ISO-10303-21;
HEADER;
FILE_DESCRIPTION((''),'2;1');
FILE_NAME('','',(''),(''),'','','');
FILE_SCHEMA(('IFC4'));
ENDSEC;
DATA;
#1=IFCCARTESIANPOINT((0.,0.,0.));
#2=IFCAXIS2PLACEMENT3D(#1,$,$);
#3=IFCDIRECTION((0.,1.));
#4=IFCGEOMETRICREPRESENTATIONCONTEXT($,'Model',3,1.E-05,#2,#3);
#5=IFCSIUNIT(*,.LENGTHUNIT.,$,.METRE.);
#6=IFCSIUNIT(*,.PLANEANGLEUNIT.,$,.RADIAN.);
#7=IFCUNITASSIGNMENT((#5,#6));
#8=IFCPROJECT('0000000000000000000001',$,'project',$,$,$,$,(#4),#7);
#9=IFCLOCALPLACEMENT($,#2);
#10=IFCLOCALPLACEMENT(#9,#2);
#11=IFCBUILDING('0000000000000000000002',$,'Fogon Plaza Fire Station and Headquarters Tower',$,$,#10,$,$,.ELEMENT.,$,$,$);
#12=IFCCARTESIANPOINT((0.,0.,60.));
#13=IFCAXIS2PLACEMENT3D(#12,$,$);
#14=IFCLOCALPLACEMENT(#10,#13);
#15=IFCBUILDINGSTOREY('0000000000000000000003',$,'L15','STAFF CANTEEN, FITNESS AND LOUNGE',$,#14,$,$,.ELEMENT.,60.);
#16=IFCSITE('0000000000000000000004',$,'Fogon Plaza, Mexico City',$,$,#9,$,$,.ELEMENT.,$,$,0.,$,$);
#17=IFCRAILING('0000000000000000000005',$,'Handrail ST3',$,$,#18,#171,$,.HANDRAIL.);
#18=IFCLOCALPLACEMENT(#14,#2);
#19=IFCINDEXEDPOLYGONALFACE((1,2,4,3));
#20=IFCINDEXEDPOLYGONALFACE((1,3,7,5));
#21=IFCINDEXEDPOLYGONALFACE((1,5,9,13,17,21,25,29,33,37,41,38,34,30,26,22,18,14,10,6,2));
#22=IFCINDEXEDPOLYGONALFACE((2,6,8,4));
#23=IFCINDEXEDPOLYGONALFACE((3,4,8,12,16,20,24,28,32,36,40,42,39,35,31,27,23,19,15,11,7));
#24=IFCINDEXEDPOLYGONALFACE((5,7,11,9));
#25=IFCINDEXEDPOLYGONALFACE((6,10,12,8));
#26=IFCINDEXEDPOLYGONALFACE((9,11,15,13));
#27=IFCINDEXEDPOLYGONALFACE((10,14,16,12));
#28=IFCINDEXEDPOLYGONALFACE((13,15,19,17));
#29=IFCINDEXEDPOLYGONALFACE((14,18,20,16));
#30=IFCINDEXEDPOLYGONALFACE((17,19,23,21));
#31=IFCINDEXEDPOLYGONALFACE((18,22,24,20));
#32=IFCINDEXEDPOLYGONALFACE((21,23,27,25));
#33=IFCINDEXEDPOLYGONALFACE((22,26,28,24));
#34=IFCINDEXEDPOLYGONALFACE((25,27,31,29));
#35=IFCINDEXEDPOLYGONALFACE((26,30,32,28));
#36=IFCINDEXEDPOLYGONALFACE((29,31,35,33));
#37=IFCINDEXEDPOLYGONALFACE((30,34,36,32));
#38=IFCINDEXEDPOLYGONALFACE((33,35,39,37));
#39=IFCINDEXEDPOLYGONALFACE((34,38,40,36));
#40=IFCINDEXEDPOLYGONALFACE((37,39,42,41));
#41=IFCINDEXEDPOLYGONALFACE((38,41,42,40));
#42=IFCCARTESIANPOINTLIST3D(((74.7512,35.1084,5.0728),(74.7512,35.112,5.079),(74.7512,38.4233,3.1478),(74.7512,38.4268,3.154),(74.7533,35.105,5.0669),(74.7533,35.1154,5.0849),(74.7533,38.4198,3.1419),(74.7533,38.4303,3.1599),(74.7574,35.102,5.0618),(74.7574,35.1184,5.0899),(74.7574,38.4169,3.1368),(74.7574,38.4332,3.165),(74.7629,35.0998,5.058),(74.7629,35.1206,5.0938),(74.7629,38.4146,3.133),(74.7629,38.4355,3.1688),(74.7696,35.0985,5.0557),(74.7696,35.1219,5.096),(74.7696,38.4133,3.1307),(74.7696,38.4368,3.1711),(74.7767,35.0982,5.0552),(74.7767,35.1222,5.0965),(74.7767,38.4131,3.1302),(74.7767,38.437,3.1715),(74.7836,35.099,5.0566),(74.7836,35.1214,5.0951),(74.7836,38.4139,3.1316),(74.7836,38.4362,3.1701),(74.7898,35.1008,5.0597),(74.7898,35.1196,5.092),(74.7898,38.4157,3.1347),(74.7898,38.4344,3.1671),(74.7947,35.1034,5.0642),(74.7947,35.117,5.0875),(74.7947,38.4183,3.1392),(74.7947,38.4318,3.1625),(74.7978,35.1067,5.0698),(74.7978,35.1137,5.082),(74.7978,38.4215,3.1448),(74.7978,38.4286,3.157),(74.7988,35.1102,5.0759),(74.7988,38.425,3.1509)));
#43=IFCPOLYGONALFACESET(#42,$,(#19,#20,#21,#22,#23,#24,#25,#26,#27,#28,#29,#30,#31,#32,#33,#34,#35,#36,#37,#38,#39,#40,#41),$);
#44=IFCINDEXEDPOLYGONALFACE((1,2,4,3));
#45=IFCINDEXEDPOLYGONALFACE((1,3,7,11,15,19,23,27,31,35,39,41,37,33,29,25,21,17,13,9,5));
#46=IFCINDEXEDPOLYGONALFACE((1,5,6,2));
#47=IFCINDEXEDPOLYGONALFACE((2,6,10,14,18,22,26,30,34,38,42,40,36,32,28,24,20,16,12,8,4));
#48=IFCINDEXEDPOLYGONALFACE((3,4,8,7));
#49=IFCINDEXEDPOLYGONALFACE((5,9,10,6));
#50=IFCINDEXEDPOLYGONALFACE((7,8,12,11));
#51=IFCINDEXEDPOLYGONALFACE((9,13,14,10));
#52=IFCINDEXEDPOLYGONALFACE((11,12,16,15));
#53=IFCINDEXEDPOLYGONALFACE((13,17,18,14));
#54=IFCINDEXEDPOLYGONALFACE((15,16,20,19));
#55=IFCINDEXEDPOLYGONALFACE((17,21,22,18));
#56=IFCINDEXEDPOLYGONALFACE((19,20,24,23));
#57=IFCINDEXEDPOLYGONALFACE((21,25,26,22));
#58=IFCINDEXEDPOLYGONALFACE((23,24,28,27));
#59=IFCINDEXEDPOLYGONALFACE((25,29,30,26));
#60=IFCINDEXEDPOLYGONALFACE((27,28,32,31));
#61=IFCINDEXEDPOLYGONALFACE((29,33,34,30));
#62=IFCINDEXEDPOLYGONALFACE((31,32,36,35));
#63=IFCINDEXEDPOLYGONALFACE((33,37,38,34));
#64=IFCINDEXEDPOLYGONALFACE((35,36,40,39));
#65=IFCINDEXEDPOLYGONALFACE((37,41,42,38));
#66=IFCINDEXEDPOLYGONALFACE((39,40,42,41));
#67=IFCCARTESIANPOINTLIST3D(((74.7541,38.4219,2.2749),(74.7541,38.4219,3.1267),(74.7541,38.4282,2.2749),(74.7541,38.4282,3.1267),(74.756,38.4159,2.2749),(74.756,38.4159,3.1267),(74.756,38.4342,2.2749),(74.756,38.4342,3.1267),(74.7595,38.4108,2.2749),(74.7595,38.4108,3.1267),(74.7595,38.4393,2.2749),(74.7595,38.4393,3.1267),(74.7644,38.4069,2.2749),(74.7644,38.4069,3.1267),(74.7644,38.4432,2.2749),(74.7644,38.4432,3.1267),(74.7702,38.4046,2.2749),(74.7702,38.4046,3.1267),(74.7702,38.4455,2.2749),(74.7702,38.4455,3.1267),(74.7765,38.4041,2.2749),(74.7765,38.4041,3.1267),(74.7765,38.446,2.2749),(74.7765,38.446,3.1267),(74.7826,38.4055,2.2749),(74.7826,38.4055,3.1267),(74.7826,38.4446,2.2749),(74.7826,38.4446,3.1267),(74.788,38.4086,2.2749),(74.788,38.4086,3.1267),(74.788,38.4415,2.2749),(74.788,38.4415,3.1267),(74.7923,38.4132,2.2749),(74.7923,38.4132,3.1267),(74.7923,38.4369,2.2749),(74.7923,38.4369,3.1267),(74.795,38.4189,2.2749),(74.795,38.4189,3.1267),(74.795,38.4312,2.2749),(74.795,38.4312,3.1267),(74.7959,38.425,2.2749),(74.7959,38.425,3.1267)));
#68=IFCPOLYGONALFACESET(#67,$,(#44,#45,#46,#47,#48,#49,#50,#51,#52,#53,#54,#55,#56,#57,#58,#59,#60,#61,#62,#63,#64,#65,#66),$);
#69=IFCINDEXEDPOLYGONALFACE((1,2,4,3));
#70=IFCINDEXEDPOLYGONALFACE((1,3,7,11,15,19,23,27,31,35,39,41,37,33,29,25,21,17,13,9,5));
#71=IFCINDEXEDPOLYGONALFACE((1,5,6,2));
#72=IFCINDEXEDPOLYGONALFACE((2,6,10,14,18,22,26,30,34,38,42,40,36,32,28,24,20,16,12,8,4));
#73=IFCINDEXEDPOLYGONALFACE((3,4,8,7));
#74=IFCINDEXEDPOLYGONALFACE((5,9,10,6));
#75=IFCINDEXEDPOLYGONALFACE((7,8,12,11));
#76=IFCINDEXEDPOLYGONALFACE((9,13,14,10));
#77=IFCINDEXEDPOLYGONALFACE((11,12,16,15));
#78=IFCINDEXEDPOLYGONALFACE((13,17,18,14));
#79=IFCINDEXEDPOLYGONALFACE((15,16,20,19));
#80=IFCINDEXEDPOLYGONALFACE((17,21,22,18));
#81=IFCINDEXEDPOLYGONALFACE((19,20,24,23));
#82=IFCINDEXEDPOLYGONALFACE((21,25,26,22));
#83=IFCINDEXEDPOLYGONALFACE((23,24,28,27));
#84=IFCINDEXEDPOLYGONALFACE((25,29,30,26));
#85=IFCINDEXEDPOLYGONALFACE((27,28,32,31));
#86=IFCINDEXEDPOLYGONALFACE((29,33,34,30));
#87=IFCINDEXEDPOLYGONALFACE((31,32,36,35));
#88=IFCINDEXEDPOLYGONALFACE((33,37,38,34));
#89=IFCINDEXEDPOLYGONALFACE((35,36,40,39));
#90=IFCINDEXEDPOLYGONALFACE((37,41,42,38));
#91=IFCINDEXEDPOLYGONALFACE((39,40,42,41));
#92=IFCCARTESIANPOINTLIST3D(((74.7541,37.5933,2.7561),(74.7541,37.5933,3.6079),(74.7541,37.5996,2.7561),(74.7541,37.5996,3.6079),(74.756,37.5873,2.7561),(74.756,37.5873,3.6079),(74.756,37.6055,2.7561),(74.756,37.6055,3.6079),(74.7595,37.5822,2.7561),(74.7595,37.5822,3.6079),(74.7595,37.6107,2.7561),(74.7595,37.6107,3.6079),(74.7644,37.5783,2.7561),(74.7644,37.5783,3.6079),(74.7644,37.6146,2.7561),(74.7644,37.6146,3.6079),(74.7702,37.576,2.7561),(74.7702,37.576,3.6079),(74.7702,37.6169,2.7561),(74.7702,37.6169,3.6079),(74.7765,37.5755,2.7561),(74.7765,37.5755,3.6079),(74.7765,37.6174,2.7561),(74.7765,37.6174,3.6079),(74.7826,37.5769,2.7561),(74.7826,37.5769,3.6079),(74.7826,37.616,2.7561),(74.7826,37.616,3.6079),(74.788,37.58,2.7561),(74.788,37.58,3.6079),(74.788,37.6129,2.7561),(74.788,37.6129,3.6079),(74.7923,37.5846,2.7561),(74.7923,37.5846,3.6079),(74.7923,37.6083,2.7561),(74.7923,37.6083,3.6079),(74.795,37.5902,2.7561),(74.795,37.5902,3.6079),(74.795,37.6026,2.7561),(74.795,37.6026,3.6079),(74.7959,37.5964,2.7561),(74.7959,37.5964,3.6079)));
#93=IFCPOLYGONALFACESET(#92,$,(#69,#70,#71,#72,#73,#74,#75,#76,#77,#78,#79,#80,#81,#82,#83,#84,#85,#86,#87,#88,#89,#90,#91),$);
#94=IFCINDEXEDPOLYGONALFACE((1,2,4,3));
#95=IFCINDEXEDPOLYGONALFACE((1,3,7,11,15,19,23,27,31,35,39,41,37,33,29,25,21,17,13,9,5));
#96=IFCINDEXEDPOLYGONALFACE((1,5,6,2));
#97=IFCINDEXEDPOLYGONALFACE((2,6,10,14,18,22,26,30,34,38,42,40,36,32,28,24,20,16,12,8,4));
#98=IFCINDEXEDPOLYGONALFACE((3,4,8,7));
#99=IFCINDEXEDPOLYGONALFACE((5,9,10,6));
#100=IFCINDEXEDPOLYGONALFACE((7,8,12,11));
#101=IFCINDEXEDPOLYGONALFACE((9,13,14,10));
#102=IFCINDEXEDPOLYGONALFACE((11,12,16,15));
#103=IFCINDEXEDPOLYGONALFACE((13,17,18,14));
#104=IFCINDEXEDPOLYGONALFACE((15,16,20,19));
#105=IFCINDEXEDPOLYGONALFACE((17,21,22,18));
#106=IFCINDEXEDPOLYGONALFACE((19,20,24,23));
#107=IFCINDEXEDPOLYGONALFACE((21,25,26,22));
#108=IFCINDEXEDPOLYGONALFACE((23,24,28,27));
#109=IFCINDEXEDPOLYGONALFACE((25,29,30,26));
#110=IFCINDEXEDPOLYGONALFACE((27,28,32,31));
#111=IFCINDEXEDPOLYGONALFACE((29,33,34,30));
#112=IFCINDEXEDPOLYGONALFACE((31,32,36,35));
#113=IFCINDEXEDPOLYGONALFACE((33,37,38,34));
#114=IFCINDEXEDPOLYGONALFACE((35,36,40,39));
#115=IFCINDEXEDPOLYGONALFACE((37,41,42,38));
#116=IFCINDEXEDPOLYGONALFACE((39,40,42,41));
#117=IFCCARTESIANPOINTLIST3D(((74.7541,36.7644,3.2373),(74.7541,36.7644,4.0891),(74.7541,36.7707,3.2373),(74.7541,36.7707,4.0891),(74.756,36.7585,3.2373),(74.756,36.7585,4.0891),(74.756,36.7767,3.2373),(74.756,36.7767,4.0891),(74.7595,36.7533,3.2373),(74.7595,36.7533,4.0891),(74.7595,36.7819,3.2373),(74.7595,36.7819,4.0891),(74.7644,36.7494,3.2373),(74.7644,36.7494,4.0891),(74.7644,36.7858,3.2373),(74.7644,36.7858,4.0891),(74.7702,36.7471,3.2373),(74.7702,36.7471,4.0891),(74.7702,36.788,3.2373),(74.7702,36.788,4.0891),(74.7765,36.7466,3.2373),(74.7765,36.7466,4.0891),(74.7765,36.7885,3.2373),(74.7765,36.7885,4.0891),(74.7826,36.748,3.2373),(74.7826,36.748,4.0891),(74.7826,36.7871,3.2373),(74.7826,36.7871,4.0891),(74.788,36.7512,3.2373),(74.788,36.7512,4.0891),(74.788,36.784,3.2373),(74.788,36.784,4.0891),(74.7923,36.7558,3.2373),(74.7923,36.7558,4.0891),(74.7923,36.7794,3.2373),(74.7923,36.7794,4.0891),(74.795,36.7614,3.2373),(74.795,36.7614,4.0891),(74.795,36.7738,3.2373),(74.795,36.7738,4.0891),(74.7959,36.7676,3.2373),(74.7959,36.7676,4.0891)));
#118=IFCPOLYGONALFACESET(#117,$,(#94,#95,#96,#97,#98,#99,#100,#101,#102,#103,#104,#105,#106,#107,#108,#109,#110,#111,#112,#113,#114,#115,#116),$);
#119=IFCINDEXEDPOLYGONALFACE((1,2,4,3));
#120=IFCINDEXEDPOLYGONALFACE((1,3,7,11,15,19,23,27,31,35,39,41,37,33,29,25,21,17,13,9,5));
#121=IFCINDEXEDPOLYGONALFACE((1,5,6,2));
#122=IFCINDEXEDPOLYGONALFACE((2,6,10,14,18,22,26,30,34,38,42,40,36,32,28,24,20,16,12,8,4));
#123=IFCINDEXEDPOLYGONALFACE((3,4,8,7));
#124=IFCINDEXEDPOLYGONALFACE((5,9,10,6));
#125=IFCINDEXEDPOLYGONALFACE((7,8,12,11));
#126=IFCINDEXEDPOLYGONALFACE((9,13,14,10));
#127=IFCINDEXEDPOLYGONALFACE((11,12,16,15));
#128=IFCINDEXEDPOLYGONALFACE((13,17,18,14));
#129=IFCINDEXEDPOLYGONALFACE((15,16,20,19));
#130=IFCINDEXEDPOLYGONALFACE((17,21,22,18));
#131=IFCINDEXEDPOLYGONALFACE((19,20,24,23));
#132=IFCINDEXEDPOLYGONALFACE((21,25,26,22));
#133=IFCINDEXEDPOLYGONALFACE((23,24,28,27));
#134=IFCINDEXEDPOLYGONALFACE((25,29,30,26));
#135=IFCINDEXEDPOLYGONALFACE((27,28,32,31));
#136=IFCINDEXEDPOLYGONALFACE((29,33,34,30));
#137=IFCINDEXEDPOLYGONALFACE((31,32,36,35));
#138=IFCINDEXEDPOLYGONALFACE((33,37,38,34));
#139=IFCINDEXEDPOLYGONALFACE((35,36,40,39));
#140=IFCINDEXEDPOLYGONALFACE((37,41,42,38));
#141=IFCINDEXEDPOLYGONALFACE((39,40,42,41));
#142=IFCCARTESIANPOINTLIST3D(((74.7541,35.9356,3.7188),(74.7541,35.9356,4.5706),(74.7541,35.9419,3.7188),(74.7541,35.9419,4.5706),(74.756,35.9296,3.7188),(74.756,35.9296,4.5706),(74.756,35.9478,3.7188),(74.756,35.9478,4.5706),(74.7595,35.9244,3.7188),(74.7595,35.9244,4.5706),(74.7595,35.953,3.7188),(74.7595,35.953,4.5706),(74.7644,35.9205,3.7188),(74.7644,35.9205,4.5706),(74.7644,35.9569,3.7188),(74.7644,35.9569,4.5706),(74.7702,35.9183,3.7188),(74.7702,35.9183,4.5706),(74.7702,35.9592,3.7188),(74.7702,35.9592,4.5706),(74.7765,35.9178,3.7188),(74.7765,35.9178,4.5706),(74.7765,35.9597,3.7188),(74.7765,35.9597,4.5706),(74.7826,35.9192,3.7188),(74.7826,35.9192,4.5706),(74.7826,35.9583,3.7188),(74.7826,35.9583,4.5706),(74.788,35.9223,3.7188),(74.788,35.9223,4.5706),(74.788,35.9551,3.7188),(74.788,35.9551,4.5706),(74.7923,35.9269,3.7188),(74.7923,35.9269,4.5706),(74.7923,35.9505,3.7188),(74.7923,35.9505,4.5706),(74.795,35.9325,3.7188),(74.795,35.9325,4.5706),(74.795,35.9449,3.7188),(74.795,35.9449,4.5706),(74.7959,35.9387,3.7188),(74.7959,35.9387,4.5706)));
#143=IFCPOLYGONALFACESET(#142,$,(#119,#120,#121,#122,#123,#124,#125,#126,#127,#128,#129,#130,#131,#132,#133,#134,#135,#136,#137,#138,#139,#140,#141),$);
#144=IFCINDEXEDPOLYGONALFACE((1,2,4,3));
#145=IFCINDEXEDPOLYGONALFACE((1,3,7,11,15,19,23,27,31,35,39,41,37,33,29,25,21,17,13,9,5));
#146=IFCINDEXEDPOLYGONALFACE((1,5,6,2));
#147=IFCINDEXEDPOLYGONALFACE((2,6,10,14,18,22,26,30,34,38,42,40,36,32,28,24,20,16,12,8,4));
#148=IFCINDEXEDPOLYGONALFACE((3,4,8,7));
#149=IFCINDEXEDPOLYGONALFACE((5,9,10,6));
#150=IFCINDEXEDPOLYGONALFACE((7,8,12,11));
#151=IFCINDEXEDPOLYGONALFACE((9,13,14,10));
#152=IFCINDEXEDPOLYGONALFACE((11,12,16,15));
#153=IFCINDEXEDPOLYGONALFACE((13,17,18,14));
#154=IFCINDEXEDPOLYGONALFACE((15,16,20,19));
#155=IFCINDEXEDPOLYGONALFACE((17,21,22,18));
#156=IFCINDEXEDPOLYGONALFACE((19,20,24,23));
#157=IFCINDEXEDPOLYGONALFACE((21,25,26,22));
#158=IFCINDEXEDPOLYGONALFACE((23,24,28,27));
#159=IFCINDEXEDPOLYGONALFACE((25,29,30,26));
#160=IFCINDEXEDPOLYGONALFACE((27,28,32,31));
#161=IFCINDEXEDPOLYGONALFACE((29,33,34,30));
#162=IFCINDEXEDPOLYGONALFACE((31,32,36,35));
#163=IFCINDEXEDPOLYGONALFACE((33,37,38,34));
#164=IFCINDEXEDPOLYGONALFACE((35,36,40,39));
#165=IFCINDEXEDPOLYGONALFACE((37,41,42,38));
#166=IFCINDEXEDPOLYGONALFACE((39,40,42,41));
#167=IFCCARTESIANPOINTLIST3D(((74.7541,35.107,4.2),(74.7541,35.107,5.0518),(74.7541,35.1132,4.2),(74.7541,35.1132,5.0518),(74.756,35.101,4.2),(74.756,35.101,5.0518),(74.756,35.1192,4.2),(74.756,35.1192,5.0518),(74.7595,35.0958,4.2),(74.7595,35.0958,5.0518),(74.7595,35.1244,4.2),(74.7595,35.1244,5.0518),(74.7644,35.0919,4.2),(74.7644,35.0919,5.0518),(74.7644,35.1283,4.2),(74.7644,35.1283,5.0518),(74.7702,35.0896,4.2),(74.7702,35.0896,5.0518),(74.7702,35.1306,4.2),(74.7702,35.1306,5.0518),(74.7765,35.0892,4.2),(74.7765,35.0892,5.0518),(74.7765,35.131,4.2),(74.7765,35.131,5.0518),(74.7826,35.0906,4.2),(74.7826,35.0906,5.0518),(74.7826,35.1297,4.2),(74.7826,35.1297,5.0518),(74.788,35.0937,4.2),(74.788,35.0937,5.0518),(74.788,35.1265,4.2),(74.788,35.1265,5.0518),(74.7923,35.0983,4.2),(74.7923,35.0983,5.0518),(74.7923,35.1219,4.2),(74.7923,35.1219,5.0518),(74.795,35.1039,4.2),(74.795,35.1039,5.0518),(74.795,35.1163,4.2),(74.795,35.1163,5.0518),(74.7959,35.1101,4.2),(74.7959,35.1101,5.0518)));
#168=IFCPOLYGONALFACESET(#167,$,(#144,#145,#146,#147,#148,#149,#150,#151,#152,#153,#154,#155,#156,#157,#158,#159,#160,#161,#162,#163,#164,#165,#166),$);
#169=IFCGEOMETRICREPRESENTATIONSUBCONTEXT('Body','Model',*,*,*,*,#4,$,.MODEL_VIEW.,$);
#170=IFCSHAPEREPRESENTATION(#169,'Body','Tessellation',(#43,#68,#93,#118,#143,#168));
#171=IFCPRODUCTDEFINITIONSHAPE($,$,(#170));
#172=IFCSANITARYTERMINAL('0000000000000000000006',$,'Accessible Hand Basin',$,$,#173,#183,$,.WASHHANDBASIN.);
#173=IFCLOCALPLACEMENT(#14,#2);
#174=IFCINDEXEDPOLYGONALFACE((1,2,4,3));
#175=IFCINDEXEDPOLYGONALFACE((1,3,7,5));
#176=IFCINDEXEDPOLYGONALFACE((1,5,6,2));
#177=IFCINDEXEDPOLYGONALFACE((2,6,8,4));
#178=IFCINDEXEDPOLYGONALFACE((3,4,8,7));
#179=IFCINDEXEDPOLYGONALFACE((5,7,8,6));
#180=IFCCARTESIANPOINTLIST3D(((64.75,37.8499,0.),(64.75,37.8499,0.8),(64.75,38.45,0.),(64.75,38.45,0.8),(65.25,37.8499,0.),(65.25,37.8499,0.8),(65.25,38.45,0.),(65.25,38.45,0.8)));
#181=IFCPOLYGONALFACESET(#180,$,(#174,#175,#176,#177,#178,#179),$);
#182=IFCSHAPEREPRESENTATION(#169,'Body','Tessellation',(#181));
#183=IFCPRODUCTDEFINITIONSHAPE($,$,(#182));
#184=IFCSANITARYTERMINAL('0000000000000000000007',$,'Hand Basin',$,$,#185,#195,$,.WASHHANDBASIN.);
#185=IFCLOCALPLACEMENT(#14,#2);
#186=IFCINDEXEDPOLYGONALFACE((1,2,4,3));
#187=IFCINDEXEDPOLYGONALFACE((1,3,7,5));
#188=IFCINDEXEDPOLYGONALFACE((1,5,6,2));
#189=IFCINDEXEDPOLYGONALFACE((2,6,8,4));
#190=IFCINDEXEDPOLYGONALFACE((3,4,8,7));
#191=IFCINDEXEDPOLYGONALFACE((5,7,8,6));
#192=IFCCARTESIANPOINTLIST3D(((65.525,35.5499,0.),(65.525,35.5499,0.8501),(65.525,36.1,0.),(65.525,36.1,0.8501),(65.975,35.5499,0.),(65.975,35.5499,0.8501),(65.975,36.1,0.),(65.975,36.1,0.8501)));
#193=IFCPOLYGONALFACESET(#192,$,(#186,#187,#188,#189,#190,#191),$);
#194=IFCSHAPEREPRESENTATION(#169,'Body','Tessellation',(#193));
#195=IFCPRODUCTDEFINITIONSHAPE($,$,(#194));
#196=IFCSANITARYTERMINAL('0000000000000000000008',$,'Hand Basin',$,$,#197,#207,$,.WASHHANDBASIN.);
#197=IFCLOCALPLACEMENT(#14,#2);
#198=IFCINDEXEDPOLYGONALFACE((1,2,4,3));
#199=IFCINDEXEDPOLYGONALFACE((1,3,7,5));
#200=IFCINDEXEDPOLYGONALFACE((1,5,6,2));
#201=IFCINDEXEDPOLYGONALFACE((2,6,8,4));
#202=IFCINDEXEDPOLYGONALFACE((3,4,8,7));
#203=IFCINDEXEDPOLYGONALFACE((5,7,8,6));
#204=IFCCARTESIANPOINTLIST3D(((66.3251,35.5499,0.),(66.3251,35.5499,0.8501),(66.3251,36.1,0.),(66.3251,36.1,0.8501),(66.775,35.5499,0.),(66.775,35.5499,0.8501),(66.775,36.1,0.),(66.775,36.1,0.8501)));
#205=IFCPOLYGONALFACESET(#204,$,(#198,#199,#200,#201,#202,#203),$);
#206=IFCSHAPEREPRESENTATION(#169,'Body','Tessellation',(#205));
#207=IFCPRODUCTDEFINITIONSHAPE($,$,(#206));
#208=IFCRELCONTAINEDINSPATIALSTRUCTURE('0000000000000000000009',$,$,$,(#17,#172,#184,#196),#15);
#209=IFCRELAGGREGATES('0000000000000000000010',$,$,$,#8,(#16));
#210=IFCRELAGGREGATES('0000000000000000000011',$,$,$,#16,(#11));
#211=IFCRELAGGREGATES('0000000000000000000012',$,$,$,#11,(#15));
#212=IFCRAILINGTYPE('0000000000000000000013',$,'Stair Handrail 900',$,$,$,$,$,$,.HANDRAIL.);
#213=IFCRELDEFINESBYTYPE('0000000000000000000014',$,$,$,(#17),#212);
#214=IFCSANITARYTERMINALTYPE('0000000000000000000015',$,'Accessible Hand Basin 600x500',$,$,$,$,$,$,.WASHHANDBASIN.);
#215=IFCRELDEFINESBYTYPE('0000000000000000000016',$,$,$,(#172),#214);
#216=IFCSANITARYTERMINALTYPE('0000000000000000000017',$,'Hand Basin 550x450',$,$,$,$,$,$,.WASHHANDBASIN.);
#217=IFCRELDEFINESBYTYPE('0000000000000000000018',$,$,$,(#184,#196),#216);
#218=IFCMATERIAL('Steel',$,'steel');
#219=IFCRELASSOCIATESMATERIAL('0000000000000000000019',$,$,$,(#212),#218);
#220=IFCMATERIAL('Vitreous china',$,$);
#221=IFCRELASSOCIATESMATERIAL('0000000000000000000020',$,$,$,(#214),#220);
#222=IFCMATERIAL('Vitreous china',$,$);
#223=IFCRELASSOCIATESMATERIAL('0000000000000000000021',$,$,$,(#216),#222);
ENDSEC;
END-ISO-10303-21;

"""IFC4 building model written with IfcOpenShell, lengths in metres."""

from ifc_helpers import new_model, si_unit, direction, frame, origin, origin_2d, place, context, subcontext, project, spatial, rectangle, circle, extrude, material, type_object, element, save


model = new_model("IFC4")

# Units and contexts
model_context = context("Model", 3, precision=1e-05, world=origin(), true_north=direction((0.0, 1.0)))
body_context = subcontext(model_context, "Body", "Model", "MODEL_VIEW")
ifc_project = project(units=[si_unit("LENGTHUNIT", "METRE"), si_unit("PLANEANGLEUNIT", "RADIAN")], contexts=[model_context])

# Site, building, storey
site_placement = place(None, origin())
site = spatial("IfcSite", under=ifc_project, at=site_placement, Name="Fogon Plaza, Mexico City", CompositionType="ELEMENT", RefElevation=0.0)
building_placement = place(site_placement, origin())
building = spatial("IfcBuilding", under=site, at=building_placement, Name="Fogon Plaza Fire Station and Headquarters Tower", CompositionType="ELEMENT")
storey_placement = place(building_placement, frame((0.0, 0.0, 60.0)))
storey = spatial("IfcBuildingStorey", under=building, at=storey_placement, Name="L15", Description="STAFF CANTEEN, FITNESS AND LOUNGE", CompositionType="ELEMENT", Elevation=60.0)

# Railing
ifc_material_1 = material(Name="Steel", Category="steel")
railing_type = type_object("IfcRailingType", Name="Stair Handrail 900", PredefinedType="HANDRAIL", material=ifc_material_1)
for number, where, name in (
    (1, (74.7749, 38.425, 2.2749), "Handrail ST3"),
):
    element("IfcRailing", number, at=place(storey_placement, frame(where)), inside=storey, type_object=railing_type, Name=name, PredefinedType="HANDRAIL", context=body_context, shape_type="SweptSolid", body=[
        extrude(circle(Radius=0.0239, at=origin_2d()), frame((0.0, 0.0, 0.876), z_axis=(0.0, -0.864761, 0.502183), x_axis=(1.0, 0.0, 0.0)), (0.0, 0.0, 1.0), 3.8333),
        extrude(circle(Radius=0.021, at=origin_2d()), origin(), (0.0, 0.0, 1.0), 0.8518),
        extrude(circle(Radius=0.021, at=origin_2d()), frame((0.0, -0.8286, 0.4812)), (0.0, 0.0, 1.0), 0.8518),
        extrude(circle(Radius=0.021, at=origin_2d()), frame((0.0, -1.6575, 0.9624)), (0.0, 0.0, 1.0), 0.8518),
        extrude(circle(Radius=0.021, at=origin_2d()), frame((0.0, -2.4863, 1.4438)), (0.0, 0.0, 1.0), 0.8518),
        extrude(circle(Radius=0.021, at=origin_2d()), frame((0.0, -3.3149, 1.925)), (0.0, 0.0, 1.0), 0.8518),
    ])

# Sanitary terminals
ifc_material_2 = material(Name="Vitreous china")
sanitary_terminal_type_1 = type_object("IfcSanitaryTerminalType", Name="Accessible Hand Basin 600x500", PredefinedType="WASHHANDBASIN", material=ifc_material_2)
sanitary_terminal_1_placement = place(storey_placement, frame((65.0, 38.1499, 0.0), z_axis=(0.0, 0.0, 1.0), x_axis=(1.0, 0.0, 0.0)))
element("IfcSanitaryTerminal", 2, at=sanitary_terminal_1_placement, inside=storey, type_object=sanitary_terminal_type_1, Name="Accessible Hand Basin", PredefinedType="WASHHANDBASIN", context=body_context, shape_type="SweptSolid", body=[
    extrude(rectangle(XDim=0.5, YDim=0.6001, at=origin_2d()), origin(), (0.0, 0.0, 1.0), 0.8),
])
ifc_material_3 = material(Name="Vitreous china")
sanitary_terminal_type_2 = type_object("IfcSanitaryTerminalType", Name="Hand Basin 550x450", PredefinedType="WASHHANDBASIN", material=ifc_material_3)
for number, where, z_axis, x_axis, name in (
    (3, (65.75, 35.825, 0.0), (0.0, 0.0, 1.0), (1.0, 0.0, 0.0), "Hand Basin"),
    (4, (66.55, 35.825, 0.0), (0.0, 0.0, 1.0), (1.0, 0.0, 0.0), "Hand Basin"),
):
    element("IfcSanitaryTerminal", number, at=place(storey_placement, frame(where, z_axis=z_axis, x_axis=x_axis)), inside=storey, type_object=sanitary_terminal_type_2, Name=name, PredefinedType="WASHHANDBASIN", context=body_context, shape_type="SweptSolid", body=[
        extrude(rectangle(XDim=0.45, YDim=0.55, at=origin_2d()), origin(), (0.0, 0.0, 1.0), 0.8501),
    ])

save(model, "model.ifc")
